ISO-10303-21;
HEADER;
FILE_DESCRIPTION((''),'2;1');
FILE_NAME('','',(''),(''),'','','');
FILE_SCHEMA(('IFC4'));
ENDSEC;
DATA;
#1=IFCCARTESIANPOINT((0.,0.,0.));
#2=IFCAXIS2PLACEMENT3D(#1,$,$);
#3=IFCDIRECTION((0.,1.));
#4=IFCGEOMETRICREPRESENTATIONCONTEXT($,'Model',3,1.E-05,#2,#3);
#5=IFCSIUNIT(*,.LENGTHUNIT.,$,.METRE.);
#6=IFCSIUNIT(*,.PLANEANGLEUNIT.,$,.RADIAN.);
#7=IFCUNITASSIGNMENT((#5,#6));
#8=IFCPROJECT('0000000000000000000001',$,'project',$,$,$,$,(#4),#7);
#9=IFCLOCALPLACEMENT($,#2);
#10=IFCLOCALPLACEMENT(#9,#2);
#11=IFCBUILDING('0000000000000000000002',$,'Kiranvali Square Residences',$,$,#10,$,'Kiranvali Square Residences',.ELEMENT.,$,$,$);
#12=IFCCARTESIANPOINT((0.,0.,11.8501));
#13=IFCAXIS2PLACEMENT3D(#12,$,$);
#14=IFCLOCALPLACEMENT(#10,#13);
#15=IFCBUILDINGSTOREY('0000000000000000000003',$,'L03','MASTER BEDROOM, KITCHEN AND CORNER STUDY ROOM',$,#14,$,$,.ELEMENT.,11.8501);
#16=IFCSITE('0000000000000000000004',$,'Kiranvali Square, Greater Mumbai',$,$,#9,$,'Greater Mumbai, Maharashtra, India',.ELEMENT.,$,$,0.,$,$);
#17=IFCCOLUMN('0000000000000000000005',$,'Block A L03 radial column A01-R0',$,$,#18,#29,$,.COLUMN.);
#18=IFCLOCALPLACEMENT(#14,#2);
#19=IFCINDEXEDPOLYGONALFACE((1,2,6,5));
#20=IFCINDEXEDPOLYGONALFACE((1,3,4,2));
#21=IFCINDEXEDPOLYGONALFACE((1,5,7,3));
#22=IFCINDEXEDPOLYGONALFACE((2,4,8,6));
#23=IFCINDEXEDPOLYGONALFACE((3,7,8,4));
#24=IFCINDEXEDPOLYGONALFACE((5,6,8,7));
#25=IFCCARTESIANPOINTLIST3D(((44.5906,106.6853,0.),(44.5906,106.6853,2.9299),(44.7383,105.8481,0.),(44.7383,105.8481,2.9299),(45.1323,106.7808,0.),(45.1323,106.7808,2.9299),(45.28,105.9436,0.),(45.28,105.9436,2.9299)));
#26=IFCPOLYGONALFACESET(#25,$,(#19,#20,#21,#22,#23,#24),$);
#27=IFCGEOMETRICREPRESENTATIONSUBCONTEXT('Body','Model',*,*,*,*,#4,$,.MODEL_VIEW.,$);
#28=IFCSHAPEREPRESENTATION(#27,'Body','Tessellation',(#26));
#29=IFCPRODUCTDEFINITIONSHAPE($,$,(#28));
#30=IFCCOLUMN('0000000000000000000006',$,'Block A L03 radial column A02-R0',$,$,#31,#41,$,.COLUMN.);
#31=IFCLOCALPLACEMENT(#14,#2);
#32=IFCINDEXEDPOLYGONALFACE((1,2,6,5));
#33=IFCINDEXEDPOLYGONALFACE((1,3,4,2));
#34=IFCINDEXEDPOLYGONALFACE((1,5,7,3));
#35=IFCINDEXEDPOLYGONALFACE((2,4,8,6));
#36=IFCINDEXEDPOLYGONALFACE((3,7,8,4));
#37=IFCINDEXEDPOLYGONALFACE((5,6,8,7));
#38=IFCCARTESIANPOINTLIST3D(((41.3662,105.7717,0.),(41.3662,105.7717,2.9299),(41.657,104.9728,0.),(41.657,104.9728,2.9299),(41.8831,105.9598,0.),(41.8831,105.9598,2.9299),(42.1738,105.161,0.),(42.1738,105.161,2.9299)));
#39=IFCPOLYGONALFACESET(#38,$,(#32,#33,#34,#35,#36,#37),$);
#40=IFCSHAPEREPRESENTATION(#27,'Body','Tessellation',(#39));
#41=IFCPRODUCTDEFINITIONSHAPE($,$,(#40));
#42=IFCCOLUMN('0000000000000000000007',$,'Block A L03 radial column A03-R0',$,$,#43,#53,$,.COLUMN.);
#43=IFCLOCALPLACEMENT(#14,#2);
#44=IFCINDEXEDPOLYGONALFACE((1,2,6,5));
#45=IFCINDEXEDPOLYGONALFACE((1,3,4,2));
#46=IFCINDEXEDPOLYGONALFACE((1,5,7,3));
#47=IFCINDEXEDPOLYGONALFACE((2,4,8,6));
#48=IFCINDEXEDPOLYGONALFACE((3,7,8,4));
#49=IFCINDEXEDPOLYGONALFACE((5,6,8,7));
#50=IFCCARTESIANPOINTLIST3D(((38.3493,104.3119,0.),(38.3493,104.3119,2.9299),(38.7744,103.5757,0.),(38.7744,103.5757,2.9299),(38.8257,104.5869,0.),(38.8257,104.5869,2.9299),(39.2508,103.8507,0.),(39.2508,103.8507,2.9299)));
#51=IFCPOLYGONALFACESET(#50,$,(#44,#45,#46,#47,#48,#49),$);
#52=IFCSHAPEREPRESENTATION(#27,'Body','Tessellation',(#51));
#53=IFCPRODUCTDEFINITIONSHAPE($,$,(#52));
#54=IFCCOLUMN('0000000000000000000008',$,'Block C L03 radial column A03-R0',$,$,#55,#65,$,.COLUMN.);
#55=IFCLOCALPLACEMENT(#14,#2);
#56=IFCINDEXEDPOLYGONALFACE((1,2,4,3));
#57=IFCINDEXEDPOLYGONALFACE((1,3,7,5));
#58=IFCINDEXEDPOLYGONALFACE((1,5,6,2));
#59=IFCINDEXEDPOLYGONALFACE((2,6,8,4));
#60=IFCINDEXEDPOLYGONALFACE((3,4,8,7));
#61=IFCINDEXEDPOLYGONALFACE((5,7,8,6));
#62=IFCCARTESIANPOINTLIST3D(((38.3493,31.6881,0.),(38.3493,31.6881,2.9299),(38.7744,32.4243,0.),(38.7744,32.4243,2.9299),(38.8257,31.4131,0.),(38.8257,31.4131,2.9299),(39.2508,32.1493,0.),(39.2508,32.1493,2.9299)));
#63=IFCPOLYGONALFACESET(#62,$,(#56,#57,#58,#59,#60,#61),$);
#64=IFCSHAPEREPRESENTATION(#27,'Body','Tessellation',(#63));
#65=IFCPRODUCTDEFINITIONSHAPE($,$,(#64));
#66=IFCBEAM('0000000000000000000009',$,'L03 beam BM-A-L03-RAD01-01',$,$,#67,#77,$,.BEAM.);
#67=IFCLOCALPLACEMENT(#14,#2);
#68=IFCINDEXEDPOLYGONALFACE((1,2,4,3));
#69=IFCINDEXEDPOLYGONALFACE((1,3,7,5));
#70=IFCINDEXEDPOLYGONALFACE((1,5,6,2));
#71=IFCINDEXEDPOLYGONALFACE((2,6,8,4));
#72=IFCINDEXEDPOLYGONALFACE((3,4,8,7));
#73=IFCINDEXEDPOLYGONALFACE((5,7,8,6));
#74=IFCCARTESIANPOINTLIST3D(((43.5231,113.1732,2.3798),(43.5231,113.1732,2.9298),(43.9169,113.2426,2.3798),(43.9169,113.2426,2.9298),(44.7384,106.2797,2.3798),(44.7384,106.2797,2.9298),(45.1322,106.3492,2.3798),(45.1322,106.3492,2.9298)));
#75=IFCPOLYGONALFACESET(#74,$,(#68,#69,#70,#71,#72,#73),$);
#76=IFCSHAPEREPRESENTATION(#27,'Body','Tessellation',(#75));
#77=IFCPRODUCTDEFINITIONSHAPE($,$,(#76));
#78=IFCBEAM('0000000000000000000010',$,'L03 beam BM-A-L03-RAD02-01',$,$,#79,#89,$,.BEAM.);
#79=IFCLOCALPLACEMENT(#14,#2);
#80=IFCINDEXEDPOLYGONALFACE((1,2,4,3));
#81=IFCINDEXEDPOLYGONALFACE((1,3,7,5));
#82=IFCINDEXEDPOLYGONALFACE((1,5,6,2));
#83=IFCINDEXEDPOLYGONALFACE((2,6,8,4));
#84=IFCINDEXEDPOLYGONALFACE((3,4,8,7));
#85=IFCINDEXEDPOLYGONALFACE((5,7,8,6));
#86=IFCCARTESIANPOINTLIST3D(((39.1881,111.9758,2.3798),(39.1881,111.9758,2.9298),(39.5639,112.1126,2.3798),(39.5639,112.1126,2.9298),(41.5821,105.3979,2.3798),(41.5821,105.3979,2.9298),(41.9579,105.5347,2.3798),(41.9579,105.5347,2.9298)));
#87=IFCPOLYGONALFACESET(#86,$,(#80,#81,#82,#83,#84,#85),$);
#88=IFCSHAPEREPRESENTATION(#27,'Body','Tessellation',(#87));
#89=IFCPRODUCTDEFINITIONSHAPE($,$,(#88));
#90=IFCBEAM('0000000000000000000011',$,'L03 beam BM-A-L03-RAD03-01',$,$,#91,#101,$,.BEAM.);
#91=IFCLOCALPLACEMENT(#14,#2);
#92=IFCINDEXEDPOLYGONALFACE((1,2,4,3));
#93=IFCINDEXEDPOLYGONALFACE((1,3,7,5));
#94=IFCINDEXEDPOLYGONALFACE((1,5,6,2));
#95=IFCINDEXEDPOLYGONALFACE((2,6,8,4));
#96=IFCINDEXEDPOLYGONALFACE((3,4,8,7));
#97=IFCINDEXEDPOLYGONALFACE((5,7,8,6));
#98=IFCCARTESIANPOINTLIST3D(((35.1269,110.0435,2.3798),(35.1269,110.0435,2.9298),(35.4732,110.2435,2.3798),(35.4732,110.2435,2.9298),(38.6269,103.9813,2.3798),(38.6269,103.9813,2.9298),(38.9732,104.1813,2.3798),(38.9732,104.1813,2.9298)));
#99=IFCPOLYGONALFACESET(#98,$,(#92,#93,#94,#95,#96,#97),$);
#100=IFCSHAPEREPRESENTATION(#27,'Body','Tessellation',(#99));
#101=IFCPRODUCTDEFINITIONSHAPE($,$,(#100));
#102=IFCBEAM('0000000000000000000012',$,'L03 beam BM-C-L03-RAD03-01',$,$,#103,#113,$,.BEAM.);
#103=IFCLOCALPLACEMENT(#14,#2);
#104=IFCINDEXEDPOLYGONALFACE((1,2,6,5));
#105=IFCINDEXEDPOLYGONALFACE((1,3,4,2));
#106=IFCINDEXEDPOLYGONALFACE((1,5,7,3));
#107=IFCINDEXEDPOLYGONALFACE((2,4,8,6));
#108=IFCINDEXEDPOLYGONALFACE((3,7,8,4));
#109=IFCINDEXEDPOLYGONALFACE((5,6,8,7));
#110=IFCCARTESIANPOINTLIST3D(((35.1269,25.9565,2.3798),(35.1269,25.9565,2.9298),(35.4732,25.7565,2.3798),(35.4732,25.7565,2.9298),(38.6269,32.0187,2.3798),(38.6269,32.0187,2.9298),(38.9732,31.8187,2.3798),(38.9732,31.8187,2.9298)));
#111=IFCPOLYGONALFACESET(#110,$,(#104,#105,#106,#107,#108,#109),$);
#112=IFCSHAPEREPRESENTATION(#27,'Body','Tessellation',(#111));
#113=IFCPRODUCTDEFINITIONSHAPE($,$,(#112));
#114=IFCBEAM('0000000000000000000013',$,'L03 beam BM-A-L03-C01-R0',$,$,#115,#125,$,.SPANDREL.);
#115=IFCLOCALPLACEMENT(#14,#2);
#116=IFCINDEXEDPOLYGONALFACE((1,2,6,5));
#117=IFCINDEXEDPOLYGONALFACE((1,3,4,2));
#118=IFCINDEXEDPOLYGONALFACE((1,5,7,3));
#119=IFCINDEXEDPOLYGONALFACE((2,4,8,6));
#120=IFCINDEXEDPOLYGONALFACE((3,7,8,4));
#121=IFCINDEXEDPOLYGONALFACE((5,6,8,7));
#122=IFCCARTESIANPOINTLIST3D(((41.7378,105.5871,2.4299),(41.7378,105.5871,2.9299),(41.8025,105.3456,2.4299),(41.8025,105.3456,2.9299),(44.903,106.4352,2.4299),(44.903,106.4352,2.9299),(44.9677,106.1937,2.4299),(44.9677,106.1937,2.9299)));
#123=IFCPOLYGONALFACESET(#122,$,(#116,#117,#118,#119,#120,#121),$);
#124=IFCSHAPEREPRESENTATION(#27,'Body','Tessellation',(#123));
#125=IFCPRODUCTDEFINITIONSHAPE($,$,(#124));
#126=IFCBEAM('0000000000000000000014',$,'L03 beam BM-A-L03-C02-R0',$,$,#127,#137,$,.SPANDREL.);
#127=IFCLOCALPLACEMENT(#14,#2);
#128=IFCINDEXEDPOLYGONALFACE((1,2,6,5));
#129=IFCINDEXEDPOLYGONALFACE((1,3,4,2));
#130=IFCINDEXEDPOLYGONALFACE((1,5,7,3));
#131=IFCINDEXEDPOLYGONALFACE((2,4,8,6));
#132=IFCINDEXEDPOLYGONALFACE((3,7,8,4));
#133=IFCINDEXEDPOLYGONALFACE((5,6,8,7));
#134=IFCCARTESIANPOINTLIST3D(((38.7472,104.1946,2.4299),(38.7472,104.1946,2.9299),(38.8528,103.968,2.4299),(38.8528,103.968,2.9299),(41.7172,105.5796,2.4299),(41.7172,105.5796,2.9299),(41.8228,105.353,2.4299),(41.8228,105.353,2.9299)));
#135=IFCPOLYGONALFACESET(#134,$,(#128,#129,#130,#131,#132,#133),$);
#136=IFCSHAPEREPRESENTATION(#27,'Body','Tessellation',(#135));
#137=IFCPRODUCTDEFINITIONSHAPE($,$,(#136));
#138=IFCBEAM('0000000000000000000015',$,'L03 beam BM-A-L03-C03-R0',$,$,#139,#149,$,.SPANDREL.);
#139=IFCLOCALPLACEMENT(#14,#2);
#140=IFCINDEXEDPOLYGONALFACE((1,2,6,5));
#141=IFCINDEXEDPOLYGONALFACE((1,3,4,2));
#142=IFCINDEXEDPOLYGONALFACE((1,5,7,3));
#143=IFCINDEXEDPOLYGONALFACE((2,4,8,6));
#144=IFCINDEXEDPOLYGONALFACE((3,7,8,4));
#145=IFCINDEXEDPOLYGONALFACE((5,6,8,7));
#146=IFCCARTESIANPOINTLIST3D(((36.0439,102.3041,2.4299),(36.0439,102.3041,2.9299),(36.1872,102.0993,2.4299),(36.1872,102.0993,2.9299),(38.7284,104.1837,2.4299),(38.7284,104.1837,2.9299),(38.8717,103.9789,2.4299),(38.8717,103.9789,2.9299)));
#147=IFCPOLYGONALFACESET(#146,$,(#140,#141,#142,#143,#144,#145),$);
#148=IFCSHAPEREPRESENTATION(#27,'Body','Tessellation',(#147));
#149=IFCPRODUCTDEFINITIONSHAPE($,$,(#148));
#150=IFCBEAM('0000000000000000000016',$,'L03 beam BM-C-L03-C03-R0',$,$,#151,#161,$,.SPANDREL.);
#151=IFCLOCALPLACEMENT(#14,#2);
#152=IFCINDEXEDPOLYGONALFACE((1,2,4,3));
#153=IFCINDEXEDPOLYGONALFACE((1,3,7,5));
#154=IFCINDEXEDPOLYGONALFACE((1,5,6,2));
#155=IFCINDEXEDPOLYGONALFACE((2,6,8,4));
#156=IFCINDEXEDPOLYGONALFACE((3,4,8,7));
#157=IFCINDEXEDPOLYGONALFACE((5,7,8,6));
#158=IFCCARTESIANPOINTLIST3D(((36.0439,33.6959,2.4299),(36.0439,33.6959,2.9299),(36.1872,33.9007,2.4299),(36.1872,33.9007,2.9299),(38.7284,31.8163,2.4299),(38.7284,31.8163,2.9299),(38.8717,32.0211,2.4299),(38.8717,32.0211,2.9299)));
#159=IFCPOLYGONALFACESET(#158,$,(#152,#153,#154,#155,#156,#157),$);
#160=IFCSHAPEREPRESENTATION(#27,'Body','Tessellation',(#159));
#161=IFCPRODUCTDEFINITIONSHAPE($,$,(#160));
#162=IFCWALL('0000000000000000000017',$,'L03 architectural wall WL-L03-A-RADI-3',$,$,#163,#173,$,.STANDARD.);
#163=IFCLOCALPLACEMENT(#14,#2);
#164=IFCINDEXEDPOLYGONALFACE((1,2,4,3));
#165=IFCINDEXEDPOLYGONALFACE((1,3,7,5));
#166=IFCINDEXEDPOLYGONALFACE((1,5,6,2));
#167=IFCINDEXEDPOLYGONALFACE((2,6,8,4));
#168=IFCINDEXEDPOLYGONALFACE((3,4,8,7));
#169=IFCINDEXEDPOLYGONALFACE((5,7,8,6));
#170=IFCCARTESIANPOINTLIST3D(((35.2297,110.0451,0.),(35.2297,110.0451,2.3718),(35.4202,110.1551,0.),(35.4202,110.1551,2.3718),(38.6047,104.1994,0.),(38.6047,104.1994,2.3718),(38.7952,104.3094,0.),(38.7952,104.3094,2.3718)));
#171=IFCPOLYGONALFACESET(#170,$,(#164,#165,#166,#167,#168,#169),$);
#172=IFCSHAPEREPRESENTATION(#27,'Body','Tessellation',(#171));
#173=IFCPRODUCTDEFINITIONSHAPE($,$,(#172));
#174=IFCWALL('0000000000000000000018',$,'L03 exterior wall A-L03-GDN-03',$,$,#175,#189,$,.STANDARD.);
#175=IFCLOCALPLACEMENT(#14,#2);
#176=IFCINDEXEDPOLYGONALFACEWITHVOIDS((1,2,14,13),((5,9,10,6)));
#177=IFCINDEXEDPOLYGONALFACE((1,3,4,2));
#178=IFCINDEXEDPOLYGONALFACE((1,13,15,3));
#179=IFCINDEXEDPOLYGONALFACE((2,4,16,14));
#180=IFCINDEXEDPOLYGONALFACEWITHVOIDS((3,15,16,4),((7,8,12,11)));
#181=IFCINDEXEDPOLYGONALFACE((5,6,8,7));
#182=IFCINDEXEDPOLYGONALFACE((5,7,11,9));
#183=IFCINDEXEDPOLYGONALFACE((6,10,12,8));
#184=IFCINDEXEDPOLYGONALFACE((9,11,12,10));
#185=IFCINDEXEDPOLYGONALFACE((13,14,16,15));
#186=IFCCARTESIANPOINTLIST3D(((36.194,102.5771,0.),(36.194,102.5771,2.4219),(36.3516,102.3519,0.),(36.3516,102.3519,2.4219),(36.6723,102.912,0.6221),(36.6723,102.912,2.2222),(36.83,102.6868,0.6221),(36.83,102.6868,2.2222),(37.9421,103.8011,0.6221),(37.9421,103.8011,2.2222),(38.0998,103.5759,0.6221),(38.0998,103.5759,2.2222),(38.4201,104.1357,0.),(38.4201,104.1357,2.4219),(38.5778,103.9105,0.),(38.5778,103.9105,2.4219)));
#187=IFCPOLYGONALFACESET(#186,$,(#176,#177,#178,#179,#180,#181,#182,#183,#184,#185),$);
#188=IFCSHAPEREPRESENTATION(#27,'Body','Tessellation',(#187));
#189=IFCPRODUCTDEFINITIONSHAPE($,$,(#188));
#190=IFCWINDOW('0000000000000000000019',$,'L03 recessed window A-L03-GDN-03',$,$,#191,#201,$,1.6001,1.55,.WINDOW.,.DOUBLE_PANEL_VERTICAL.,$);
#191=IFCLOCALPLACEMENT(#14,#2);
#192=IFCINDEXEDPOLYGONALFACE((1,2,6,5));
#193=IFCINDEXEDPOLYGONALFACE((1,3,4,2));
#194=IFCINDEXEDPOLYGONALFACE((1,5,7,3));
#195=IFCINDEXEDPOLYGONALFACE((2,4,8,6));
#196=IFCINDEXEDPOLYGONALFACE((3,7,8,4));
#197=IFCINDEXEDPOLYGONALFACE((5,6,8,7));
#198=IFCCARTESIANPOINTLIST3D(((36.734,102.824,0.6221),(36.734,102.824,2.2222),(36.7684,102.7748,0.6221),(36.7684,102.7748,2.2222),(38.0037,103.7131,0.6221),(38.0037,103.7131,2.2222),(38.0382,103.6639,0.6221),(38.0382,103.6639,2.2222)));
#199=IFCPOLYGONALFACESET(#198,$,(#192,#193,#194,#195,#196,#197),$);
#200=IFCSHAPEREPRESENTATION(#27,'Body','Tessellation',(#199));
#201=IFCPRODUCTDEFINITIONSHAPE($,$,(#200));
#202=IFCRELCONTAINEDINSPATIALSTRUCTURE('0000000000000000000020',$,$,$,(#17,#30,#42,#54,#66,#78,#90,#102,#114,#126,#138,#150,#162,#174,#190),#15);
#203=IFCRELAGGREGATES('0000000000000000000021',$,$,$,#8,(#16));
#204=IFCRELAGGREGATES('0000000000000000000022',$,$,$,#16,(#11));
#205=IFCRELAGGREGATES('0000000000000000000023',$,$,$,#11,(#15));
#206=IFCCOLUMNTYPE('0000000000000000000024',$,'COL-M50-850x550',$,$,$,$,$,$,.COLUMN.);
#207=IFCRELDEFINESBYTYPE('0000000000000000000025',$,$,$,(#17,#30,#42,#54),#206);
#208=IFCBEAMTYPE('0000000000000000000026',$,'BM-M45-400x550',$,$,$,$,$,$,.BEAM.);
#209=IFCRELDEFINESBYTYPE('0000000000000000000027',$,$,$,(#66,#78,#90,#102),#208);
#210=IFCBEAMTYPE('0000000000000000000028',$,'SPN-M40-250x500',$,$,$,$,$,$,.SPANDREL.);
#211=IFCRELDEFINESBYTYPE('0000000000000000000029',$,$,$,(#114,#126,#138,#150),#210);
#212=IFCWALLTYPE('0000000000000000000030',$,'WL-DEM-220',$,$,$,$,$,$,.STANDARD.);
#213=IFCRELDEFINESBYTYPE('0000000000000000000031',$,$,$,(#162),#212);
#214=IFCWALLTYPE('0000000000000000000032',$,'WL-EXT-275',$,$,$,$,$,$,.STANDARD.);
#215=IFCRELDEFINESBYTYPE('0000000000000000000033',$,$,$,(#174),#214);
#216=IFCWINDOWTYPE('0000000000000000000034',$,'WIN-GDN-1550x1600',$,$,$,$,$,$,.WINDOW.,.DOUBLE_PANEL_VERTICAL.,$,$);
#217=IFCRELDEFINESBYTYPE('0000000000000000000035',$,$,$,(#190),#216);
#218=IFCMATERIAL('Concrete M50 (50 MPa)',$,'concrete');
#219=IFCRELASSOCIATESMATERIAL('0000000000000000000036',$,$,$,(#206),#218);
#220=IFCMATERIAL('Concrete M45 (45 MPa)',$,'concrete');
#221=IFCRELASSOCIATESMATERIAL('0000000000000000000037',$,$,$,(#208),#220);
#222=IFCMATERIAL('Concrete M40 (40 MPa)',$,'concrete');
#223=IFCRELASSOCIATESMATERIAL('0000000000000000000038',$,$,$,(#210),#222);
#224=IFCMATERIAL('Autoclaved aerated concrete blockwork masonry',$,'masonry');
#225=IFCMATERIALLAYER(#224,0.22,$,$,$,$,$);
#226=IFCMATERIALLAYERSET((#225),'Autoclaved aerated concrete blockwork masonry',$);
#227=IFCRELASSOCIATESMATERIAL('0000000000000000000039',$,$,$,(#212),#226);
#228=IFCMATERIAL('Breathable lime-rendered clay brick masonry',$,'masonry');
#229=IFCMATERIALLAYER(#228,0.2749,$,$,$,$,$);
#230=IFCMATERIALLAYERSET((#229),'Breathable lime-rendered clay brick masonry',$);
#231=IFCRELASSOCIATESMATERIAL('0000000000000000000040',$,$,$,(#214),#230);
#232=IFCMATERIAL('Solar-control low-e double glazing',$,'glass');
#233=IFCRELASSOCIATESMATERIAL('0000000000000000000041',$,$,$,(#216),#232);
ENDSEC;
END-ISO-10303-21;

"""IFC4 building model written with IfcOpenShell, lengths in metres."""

from ifc_helpers import new_model, si_unit, direction, frame, frame_2d, origin, origin_2d, place, context, subcontext, project, spatial, rectangle, extrude, material, layer, layer_set, material_profile, profile_set, type_object, element, fill, save


model = new_model("IFC4")

# Units and contexts
model_context = context("Model", 3, precision=1e-05, world=origin(), true_north=direction((0.0, 1.0)))
body_context = subcontext(model_context, "Body", "Model", "MODEL_VIEW")
ifc_project = project(units=[si_unit("LENGTHUNIT", "METRE"), si_unit("PLANEANGLEUNIT", "RADIAN")], contexts=[model_context])

# Site, building, storey
site_placement = place(None, origin())
site = spatial("IfcSite", under=ifc_project, at=site_placement, Name="Kiranvali Square, Greater Mumbai", LongName="Greater Mumbai, Maharashtra, India", CompositionType="ELEMENT", RefElevation=0.0)
building_placement = place(site_placement, origin())
building = spatial("IfcBuilding", under=site, at=building_placement, Name="Kiranvali Square Residences", LongName="Kiranvali Square Residences", CompositionType="ELEMENT")
storey_placement = place(building_placement, frame((0.0, 0.0, 11.8501)))
storey = spatial("IfcBuildingStorey", under=building, at=storey_placement, Name="L03", Description="MASTER BEDROOM, KITCHEN AND CORNER STUDY ROOM", CompositionType="ELEMENT", Elevation=11.8501)

# Columns
ifc_material_1 = material(Name="Concrete M50 (50 MPa)", Category="concrete")
ifc_material_profile_1 = material_profile(ifc_material_1, rectangle(XDim=0.55, YDim=0.8501, at=origin_2d()), Name="RC 850x550")
ifc_profile_set_1 = profile_set([ifc_material_profile_1], Name="Concrete M50 (50 MPa)")
column_type = type_object("IfcColumnType", Name="COL-M50-850x550", PredefinedType="COLUMN", material=ifc_profile_set_1)
for number, where, z_axis, x_axis, name in (
    (1, (44.9353, 106.3145, 0.0), (0.0, 0.0, 1.0), (0.984808, 0.173648, 0.0), "Block A L03 radial column A01-R0"),
    (2, (41.77, 105.4663, 0.0), (0.0, 0.0, 1.0), (0.939693, 0.34202, 0.0), "Block A L03 radial column A02-R0"),
    (3, (38.8, 104.0813, 0.0), (0.0, 0.0, 1.0), (0.866025, 0.5, 0.0), "Block A L03 radial column A03-R0"),
    (4, (38.8, 31.9187, 0.0), (0.0, 0.0, 1.0), (-0.866025, 0.5, 0.0), "Block C L03 radial column A03-R0"),
):
    element("IfcColumn", number, at=place(storey_placement, frame(where, z_axis=z_axis, x_axis=x_axis)), inside=storey, type_object=column_type, Name=name, PredefinedType="COLUMN", context=body_context, shape_type="SweptSolid", body=[
        extrude(rectangle(XDim=0.55, YDim=0.8501, at=origin_2d()), origin(), (0.0, 0.0, 1.0), 2.9299),
    ])

# Beams
ifc_material_2 = material(Name="Concrete M45 (45 MPa)", Category="concrete")
ifc_material_profile_2 = material_profile(ifc_material_2, rectangle(XDim=0.3999, YDim=0.55, at=origin_2d()), Name="RC 400x550")
ifc_profile_set_2 = profile_set([ifc_material_profile_2], Name="Concrete M45 (45 MPa)")
beam_type_1 = type_object("IfcBeamType", Name="BM-M45-400x550", PredefinedType="BEAM", material=ifc_profile_set_2)
beam_1_placement = place(storey_placement, frame((44.9353, 106.3145, 2.6548), z_axis=(-0.173622, 0.984812, 0.0), x_axis=(-0.984812, -0.173622, 0.0)))
element("IfcBeam", 5, at=beam_1_placement, inside=storey, type_object=beam_type_1, Name="L03 beam BM-A-L03-RAD01-01", PredefinedType="BEAM", context=body_context, shape_type="SweptSolid", body=[
    extrude(rectangle(XDim=0.3999, YDim=0.55, at=origin_2d()), origin(), (0.0, 0.0, 1.0), 6.9998),
])
for number, where, z_axis, x_axis, name in (
    (6, (41.77, 105.4663, 2.6548), (-0.342006, 0.939698, 0.0), (-0.939698, -0.342006, 0.0), "L03 beam BM-A-L03-RAD02-01"),
    (7, (38.8, 104.0813, 2.6548), (-0.499995, 0.866028, 0.0), (-0.866028, -0.499995, 0.0), "L03 beam BM-A-L03-RAD03-01"),
    (8, (38.8, 31.9187, 2.6548), (-0.499995, -0.866028, 0.0), (0.866028, -0.499995, 0.0), "L03 beam BM-C-L03-RAD03-01"),
):
    element("IfcBeam", number, at=place(storey_placement, frame(where, z_axis=z_axis, x_axis=x_axis)), inside=storey, type_object=beam_type_1, Name=name, PredefinedType="BEAM", context=body_context, shape_type="SweptSolid", body=[
        extrude(rectangle(XDim=0.3999, YDim=0.55, at=origin_2d()), origin(), (0.0, 0.0, 1.0), 7.0),
    ])
ifc_material_3 = material(Name="Concrete M40 (40 MPa)", Category="concrete")
ifc_material_profile_3 = material_profile(ifc_material_3, rectangle(XDim=0.25, YDim=0.5, at=origin_2d()), Name="RC 250x500")
ifc_profile_set_3 = profile_set([ifc_material_profile_3], Name="Concrete M40 (40 MPa)")
beam_type_2 = type_object("IfcBeamType", Name="SPN-M40-250x500", PredefinedType="SPANDREL", material=ifc_profile_set_3)
beam_2_placement = place(storey_placement, frame((44.9353, 106.3145, 2.6799), z_axis=(-0.965925, -0.258822, 0.0), x_axis=(0.258822, -0.965925, 0.0)))
element("IfcBeam", 9, at=beam_2_placement, inside=storey, type_object=beam_type_2, Name="L03 beam BM-A-L03-C01-R0", PredefinedType="SPANDREL", context=body_context, shape_type="SweptSolid", body=[
    extrude(rectangle(XDim=0.25, YDim=0.5, at=origin_2d()), origin(), (0.0, 0.0, 1.0), 3.2769),
])
for number, where, z_axis, x_axis, name in (
    (10, (41.77, 105.4663, 2.6799), (-0.906297, -0.422641, 0.0), (0.422641, -0.906297, 0.0), "L03 beam BM-A-L03-C02-R0"),
    (11, (38.8, 104.0813, 2.6799), (-0.819169, -0.573552, 0.0), (0.573552, -0.819169, 0.0), "L03 beam BM-A-L03-C03-R0"),
    (12, (38.8, 31.9187, 2.6799), (-0.819169, 0.573552, 0.0), (-0.573552, -0.819169, 0.0), "L03 beam BM-C-L03-C03-R0"),
):
    element("IfcBeam", number, at=place(storey_placement, frame(where, z_axis=z_axis, x_axis=x_axis)), inside=storey, type_object=beam_type_2, Name=name, PredefinedType="SPANDREL", context=body_context, shape_type="SweptSolid", body=[
        extrude(rectangle(XDim=0.25, YDim=0.5, at=origin_2d()), origin(), (0.0, 0.0, 1.0), 3.2771),
    ])

# Wall
ifc_material_4 = material(Name="Autoclaved aerated concrete blockwork masonry", Category="masonry")
ifc_layer_1 = layer(ifc_material_4, 0.22)
ifc_layer_set_1 = layer_set([ifc_layer_1], Name="Autoclaved aerated concrete blockwork masonry")
wall_type_1 = type_object("IfcWallType", Name="WL-DEM-220", PredefinedType="STANDARD", material=ifc_layer_set_1)
wall_1_placement = place(storey_placement, frame((38.7, 104.2544, 0.0), z_axis=(0.0, 0.0, 1.0), x_axis=(-0.499998, 0.866027, 0.0)))
element("IfcWall", 13, at=wall_1_placement, inside=storey, type_object=wall_type_1, Name="L03 architectural wall WL-L03-A-RADI-3", PredefinedType="STANDARD", context=body_context, shape_type="SweptSolid", body=[
    extrude(rectangle(XDim=6.75, YDim=0.22, at=frame_2d((3.375, 0.0))), origin(), (0.0, 0.0, 1.0), 2.3718),
])

# Shared definitions
ifc_material_5 = material(Name="Breathable lime-rendered clay brick masonry", Category="masonry")
ifc_layer_2 = layer(ifc_material_5, 0.2749)
ifc_layer_set_2 = layer_set([ifc_layer_2], Name="Breathable lime-rendered clay brick masonry")
wall_type_2 = type_object("IfcWallType", Name="WL-EXT-275", PredefinedType="STANDARD", material=ifc_layer_set_2)

# Wall, opening, window
wall_2_placement = place(storey_placement, frame((38.499, 104.0232, 0.0), z_axis=(0.0, 0.0, 1.0), x_axis=(-0.819173, -0.573547, 0.0)))
wall_2 = element("IfcWall", 14, at=wall_2_placement, inside=storey, type_object=wall_type_2, Name="L03 exterior wall A-L03-GDN-03", PredefinedType="STANDARD", context=body_context, shape_type="SweptSolid", body=[
    extrude(rectangle(XDim=2.7175, YDim=0.2749, at=frame_2d((1.3589, 0.0))), origin(), (0.0, 0.0, 1.0), 2.4219),
])
opening_1_placement = place(wall_2_placement, frame((0.5837, 0.0, 0.6221)))
opening_1 = element("IfcOpeningElement", 15, at=opening_1_placement, cuts=wall_2, PredefinedType="OPENING", context=body_context, shape_type="SweptSolid", body=[
    extrude(rectangle(XDim=1.55, YDim=1.6001, at=frame_2d((0.7749, 0.8))), frame((0.0, 0.1475, 0.0), z_axis=(0.0, -1.0, 0.0), x_axis=(1.0, 0.0, 0.0)), (0.0, 0.0, 1.0), 0.2949),
])
ifc_material_6 = material(Name="Solar-control low-e double glazing", Category="glass")
window_type = type_object("IfcWindowType", Name="WIN-GDN-1550x1600", PartitioningType="DOUBLE_PANEL_VERTICAL", PredefinedType="WINDOW", material=ifc_material_6)
window_1_placement = place(opening_1_placement, origin())
window_1 = element("IfcWindow", 16, at=window_1_placement, inside=storey, type_object=window_type, Name="L03 recessed window A-L03-GDN-03", OverallHeight=1.6001, OverallWidth=1.55, PartitioningType="DOUBLE_PANEL_VERTICAL", PredefinedType="WINDOW", context=body_context, shape_type="SweptSolid", body=[
    extrude(rectangle(XDim=1.55, YDim=1.6001, at=frame_2d((0.7749, 0.8))), frame((0.0, 0.03, 0.0), z_axis=(0.0, -1.0, 0.0), x_axis=(1.0, 0.0, 0.0)), (0.0, 0.0, 1.0), 0.0601),
])
fill(opening_1, window_1)

save(model, "model.ifc")
